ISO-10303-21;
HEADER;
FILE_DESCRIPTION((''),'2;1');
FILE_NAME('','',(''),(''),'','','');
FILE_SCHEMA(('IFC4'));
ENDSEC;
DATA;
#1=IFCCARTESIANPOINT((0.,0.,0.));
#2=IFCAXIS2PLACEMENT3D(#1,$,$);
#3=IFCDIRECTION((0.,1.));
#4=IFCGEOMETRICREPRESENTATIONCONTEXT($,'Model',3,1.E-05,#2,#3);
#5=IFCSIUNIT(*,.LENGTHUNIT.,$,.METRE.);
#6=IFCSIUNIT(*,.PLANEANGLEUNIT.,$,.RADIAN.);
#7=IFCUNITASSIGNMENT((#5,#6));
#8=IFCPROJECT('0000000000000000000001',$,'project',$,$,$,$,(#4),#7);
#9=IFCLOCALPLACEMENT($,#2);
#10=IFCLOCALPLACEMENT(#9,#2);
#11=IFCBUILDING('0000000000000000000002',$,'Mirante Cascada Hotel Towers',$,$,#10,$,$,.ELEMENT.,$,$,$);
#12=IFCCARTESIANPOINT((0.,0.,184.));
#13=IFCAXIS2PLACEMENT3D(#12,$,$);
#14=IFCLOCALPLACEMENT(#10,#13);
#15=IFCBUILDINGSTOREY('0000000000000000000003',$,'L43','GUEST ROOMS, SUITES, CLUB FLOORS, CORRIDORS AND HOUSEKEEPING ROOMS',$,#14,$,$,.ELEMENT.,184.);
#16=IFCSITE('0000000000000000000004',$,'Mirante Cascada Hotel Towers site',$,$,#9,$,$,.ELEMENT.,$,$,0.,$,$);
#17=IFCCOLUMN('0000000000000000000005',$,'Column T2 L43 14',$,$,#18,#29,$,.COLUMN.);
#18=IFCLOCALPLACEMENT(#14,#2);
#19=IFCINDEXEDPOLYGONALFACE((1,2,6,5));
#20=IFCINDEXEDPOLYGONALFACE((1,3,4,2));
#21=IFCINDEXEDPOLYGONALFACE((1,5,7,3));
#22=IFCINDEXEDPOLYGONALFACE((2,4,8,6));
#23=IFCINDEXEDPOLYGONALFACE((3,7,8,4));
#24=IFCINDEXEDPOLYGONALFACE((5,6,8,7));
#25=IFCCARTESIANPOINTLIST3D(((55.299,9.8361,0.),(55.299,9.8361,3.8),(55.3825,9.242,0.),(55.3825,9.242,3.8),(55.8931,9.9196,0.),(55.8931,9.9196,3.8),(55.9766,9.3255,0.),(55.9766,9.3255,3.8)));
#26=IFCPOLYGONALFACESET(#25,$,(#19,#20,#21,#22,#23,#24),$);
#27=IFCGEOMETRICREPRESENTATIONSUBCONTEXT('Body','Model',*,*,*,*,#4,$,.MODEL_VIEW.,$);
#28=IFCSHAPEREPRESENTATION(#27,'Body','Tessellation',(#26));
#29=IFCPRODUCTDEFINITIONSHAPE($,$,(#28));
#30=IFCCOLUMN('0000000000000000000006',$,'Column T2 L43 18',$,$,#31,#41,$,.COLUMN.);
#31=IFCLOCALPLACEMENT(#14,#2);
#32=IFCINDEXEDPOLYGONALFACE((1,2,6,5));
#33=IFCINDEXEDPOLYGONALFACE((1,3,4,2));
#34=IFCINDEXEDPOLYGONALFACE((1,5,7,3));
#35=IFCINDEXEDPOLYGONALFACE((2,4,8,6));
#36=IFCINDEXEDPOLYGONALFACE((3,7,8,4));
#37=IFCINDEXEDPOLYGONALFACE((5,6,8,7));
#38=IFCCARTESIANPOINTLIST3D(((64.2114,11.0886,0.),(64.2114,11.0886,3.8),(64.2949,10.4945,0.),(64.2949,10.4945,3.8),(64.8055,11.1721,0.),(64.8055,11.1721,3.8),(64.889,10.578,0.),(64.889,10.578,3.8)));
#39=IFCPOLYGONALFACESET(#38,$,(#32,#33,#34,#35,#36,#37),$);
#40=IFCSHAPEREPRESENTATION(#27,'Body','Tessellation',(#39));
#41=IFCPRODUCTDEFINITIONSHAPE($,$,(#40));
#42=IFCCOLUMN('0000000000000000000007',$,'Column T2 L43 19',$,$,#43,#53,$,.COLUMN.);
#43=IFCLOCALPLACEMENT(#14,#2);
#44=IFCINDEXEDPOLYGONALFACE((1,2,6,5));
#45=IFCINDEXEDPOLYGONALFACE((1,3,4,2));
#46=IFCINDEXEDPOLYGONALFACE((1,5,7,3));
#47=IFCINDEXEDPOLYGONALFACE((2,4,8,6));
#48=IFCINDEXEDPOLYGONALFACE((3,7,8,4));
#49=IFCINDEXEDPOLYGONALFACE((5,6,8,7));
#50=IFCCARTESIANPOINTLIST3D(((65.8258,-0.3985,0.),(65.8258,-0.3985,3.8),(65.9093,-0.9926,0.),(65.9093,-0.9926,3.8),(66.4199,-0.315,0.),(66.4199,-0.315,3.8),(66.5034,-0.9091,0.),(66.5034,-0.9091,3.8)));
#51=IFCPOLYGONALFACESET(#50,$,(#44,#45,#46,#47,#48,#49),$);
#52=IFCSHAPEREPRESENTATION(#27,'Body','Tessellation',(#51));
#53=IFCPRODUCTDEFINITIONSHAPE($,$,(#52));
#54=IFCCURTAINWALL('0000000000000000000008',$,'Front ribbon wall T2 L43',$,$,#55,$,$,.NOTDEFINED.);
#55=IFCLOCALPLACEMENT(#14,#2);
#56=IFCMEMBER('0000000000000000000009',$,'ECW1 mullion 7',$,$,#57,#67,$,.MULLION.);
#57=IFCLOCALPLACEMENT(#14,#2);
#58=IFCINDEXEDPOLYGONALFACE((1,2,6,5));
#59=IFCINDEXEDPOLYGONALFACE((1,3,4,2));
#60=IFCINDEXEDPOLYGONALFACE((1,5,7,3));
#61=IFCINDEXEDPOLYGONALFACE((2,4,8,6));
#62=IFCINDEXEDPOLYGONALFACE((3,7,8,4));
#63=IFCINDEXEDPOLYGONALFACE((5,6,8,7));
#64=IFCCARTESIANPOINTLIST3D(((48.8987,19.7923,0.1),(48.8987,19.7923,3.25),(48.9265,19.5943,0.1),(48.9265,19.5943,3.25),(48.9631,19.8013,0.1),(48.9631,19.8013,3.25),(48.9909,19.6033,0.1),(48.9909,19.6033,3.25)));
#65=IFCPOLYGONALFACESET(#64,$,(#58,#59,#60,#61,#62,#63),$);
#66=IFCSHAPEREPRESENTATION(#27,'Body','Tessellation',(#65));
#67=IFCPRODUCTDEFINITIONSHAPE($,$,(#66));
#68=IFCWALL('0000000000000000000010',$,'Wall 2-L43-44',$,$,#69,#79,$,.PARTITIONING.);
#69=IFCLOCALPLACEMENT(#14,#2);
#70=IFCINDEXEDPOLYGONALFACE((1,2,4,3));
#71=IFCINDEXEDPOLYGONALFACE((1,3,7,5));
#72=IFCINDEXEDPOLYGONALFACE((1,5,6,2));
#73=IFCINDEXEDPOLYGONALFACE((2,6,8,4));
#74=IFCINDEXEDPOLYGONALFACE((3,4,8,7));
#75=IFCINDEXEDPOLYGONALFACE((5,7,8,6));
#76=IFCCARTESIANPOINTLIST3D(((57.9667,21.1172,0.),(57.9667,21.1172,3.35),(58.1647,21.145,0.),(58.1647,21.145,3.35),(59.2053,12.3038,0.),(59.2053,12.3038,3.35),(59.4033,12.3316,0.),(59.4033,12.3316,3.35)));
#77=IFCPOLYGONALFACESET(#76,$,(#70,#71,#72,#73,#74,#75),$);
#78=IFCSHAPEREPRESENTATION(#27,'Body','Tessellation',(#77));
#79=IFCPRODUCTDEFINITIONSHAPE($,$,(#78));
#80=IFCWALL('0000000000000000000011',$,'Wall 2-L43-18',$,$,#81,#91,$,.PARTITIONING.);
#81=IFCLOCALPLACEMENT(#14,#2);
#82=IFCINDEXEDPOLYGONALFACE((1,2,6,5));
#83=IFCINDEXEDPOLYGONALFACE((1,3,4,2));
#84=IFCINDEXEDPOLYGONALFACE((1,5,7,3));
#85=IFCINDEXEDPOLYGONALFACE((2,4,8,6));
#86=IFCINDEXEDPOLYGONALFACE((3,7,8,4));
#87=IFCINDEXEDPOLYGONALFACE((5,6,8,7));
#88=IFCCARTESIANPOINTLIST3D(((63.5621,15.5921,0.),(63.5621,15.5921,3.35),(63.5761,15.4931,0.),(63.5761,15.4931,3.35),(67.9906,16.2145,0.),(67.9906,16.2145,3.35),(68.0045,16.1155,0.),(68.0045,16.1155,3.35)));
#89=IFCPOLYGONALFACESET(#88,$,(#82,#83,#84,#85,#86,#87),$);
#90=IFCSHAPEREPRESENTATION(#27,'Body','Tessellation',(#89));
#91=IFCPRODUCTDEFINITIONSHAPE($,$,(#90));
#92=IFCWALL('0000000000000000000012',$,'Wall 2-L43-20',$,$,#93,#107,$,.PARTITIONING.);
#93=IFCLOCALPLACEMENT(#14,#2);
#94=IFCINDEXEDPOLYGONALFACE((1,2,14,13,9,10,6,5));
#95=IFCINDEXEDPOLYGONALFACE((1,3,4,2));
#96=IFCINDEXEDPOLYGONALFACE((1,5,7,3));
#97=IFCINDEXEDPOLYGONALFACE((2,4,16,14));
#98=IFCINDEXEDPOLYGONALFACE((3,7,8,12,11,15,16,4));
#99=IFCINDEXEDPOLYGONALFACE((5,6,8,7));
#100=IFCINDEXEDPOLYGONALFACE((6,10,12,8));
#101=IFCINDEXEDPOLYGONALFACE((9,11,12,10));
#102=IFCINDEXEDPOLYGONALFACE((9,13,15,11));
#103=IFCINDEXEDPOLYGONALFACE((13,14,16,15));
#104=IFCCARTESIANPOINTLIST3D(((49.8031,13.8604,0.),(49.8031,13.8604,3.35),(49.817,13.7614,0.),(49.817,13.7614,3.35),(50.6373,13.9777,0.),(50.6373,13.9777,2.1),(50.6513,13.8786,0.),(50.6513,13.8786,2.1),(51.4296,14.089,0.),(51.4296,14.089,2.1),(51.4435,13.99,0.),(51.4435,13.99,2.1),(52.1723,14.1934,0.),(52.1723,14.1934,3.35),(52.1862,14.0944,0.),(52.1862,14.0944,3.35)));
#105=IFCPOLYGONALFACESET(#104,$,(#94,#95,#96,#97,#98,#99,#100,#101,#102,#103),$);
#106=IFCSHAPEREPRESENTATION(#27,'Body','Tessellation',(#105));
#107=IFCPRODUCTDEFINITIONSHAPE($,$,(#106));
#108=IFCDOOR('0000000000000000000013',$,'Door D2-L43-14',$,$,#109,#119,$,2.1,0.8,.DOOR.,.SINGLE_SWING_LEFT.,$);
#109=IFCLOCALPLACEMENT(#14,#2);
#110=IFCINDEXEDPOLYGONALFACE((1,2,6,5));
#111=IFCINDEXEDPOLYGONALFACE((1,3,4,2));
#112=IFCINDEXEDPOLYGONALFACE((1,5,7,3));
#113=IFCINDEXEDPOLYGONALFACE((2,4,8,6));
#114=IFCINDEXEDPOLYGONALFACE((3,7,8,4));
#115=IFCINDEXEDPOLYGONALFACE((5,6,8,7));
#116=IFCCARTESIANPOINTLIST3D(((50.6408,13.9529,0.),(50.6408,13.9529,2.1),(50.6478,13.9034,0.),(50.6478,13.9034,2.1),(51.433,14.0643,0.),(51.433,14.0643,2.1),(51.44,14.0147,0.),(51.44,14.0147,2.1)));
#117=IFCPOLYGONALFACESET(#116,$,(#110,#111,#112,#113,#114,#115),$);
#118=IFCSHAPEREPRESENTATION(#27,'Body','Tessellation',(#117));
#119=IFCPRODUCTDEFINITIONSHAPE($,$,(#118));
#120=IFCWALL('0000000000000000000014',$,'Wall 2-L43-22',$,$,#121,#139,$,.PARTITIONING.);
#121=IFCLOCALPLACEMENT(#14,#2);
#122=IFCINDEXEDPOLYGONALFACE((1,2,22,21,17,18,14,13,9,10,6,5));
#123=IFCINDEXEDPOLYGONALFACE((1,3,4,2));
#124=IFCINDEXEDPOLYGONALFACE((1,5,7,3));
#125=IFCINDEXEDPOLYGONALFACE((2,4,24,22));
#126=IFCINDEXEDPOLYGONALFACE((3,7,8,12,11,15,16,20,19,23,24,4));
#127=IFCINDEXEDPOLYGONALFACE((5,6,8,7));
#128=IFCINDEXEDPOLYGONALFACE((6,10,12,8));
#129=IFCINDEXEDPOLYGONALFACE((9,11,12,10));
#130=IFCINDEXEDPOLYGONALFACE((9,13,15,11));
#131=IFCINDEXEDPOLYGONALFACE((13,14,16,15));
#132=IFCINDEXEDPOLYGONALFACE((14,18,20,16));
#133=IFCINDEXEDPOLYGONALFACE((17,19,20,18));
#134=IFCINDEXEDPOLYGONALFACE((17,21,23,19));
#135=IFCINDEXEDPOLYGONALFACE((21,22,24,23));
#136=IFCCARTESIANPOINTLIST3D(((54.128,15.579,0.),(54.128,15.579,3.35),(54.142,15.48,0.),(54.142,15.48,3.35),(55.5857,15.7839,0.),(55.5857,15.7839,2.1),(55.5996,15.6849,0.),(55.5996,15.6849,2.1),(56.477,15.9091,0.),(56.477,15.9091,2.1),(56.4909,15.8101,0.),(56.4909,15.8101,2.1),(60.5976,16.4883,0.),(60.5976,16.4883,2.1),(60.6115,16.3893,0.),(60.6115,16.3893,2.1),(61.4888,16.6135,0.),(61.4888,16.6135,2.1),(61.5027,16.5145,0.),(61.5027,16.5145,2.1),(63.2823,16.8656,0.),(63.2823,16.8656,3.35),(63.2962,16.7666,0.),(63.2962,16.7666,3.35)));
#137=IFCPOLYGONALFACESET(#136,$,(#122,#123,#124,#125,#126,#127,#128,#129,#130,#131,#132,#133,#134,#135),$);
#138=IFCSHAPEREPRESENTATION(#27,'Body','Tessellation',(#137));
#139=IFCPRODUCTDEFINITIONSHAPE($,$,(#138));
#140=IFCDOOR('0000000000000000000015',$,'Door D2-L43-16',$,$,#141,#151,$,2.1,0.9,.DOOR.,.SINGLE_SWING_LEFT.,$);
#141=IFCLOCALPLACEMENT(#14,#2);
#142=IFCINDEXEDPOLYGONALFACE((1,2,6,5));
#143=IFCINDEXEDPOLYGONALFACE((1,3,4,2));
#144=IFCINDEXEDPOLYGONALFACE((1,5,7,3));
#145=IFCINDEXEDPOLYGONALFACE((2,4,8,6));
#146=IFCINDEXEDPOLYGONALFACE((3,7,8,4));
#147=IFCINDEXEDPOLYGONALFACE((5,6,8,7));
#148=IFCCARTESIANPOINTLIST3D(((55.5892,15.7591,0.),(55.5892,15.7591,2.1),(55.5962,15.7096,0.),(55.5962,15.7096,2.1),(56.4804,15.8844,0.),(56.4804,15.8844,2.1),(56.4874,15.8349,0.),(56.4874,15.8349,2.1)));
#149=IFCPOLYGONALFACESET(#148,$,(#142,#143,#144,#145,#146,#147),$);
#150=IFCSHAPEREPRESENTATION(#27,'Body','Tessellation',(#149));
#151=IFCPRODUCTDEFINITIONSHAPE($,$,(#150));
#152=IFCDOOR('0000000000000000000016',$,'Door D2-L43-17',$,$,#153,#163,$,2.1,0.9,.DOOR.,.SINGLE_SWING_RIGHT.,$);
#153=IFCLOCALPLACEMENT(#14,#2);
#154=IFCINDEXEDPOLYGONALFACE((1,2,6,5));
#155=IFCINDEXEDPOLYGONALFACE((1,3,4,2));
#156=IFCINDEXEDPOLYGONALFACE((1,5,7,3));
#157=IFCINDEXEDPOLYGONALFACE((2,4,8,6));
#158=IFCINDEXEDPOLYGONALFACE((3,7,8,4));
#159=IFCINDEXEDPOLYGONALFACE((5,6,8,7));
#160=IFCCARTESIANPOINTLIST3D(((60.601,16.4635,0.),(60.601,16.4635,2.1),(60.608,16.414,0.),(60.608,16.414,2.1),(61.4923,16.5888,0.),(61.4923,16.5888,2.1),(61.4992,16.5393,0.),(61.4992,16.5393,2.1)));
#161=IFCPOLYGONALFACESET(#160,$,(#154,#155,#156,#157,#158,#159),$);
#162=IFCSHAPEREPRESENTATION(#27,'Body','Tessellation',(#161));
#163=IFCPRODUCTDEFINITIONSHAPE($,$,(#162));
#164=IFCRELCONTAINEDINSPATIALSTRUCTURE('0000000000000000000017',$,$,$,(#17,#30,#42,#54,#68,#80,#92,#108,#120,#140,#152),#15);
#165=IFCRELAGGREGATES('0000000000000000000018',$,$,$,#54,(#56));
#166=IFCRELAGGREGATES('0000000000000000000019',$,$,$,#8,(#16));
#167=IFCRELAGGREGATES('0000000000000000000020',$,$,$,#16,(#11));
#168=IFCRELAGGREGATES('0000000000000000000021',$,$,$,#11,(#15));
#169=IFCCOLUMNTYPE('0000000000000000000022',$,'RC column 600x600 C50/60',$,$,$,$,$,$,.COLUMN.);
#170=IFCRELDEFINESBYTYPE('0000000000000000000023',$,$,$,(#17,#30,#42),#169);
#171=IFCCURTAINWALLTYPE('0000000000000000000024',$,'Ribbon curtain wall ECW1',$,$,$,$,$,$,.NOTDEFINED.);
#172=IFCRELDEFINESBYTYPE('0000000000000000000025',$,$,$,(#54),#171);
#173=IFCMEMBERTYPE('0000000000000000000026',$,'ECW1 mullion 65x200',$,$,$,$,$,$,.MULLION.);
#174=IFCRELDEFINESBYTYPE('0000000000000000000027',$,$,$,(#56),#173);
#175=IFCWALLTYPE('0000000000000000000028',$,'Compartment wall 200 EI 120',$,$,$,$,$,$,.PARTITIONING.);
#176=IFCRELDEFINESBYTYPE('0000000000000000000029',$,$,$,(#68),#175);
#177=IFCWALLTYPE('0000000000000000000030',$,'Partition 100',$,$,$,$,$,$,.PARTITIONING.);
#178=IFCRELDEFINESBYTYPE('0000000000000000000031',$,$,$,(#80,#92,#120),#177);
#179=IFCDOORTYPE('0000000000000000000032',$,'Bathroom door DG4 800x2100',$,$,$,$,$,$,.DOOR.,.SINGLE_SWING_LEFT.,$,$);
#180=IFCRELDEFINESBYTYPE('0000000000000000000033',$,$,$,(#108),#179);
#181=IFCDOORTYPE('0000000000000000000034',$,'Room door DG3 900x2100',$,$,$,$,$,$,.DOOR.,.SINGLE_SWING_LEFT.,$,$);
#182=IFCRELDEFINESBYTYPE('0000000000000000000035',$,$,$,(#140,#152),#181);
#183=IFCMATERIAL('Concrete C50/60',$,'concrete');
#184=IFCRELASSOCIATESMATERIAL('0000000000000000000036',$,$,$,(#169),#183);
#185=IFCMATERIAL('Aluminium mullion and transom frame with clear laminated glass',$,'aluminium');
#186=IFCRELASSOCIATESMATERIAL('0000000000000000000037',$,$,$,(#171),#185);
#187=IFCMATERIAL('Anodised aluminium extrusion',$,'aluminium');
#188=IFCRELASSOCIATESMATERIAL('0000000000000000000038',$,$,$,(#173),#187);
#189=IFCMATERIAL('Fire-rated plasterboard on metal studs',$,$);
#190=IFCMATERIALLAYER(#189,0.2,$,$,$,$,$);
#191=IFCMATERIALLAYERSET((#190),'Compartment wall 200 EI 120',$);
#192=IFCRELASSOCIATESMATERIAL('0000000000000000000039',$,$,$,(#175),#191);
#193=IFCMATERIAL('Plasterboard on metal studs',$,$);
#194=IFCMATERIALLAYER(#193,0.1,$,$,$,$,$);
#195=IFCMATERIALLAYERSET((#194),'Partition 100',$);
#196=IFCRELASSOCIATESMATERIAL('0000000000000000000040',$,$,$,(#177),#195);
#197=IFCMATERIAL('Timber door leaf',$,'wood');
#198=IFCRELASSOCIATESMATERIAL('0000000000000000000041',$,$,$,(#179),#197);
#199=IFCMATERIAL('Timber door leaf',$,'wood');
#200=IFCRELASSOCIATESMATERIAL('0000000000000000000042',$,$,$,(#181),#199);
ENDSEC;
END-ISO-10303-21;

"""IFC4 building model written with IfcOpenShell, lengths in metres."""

from ifc_helpers import new_model, si_unit, direction, frame, frame_2d, origin, origin_2d, place, context, subcontext, project, spatial, rectangle, extrude, material, layer, layer_set, material_profile, profile_set, type_object, element, fill, aggregate, save


model = new_model("IFC4")

# Units and contexts
model_context = context("Model", 3, precision=1e-05, world=origin(), true_north=direction((0.0, 1.0)))
body_context = subcontext(model_context, "Body", "Model", "MODEL_VIEW")
ifc_project = project(units=[si_unit("LENGTHUNIT", "METRE"), si_unit("PLANEANGLEUNIT", "RADIAN")], contexts=[model_context])

# Site, building, storey
site_placement = place(None, origin())
site = spatial("IfcSite", under=ifc_project, at=site_placement, Name="Mirante Cascada Hotel Towers site", CompositionType="ELEMENT", RefElevation=0.0)
building_placement = place(site_placement, origin())
building = spatial("IfcBuilding", under=site, at=building_placement, Name="Mirante Cascada Hotel Towers", CompositionType="ELEMENT")
storey_placement = place(building_placement, frame((0.0, 0.0, 184.0)))
storey = spatial("IfcBuildingStorey", under=building, at=storey_placement, Name="L43", Description="GUEST ROOMS, SUITES, CLUB FLOORS, CORRIDORS AND HOUSEKEEPING ROOMS", CompositionType="ELEMENT", Elevation=184.0)

# Columns
ifc_material_1 = material(Name="Concrete C50/60", Category="concrete")
ifc_material_profile_1 = material_profile(ifc_material_1, rectangle(XDim=0.6, YDim=0.6, at=origin_2d()), Name="RC column 600x600 C50/60")
ifc_profile_set_1 = profile_set([ifc_material_profile_1], Name="Concrete C50/60")
column_type = type_object("IfcColumnType", Name="RC column 600x600 C50/60", PredefinedType="COLUMN", material=ifc_profile_set_1)
for number, where, z_axis, x_axis, name in (
    (1, (55.6378, 9.5808, 0.0), (0.0, 0.0, 1.0), (0.990268, 0.139173, 0.0), "Column T2 L43 14"),
    (2, (64.5502, 10.8333, 0.0), (0.0, 0.0, 1.0), (0.990268, 0.139173, 0.0), "Column T2 L43 18"),
    (3, (66.1646, -0.6538, 0.0), (0.0, 0.0, 1.0), (0.990268, 0.139173, 0.0), "Column T2 L43 19"),
):
    element("IfcColumn", number, at=place(storey_placement, frame(where, z_axis=z_axis, x_axis=x_axis)), inside=storey, type_object=column_type, Name=name, PredefinedType="COLUMN", context=body_context, shape_type="SweptSolid", body=[
        extrude(rectangle(XDim=0.6, YDim=0.6, at=origin_2d()), origin(), (0.0, 0.0, 1.0), 3.8),
    ])

# Curtain wall, member
ifc_material_2 = material(Name="Aluminium mullion and transom frame with clear laminated glass", Category="aluminium")
curtain_wall_type = type_object("IfcCurtainWallType", Name="Ribbon curtain wall ECW1", PredefinedType="NOTDEFINED", material=ifc_material_2)
curtain_wall_placement = place(storey_placement, origin())
curtain_wall = element("IfcCurtainWall", 4, at=curtain_wall_placement, inside=storey, type_object=curtain_wall_type, Name="Front ribbon wall T2 L43", PredefinedType="NOTDEFINED")
ifc_material_3 = material(Name="Anodised aluminium extrusion", Category="aluminium")
ifc_material_profile_2 = material_profile(ifc_material_3, rectangle(XDim=0.2, YDim=0.065, at=origin_2d()), Name="ECW1 MULLION 65x200")
ifc_profile_set_2 = profile_set([ifc_material_profile_2], Name="Anodised aluminium extrusion")
member_type = type_object("IfcMemberType", Name="ECW1 mullion 65x200", PredefinedType="MULLION", material=ifc_profile_set_2)
member_placement = place(storey_placement, frame((48.9448, 19.6978, 0.1), z_axis=(0.0, 0.0, 1.0), x_axis=(0.139173, -0.990268, 0.0)))
member = element("IfcMember", 5, at=member_placement, type_object=member_type, Name="ECW1 mullion 7", PredefinedType="MULLION", context=body_context, shape_type="SweptSolid", body=[
    extrude(rectangle(XDim=0.2, YDim=0.065, at=origin_2d()), origin(), (0.0, 0.0, 1.0), 3.15),
])
aggregate(curtain_wall, [member])

# Walls
ifc_material_4 = material(Name="Fire-rated plasterboard on metal studs")
ifc_layer_1 = layer(ifc_material_4, 0.2)
ifc_layer_set_1 = layer_set([ifc_layer_1], Name="Compartment wall 200 EI 120")
wall_type_1 = type_object("IfcWallType", Name="Compartment wall 200 EI 120", PredefinedType="PARTITIONING", material=ifc_layer_set_1)
wall_1_placement = place(storey_placement, frame((59.3043, 12.3177, 0.0), z_axis=(0.0, 0.0, 1.0), x_axis=(-0.139168, 0.990269, 0.0)))
element("IfcWall", 6, at=wall_1_placement, inside=storey, type_object=wall_type_1, Name="Wall 2-L43-44", PredefinedType="PARTITIONING", context=body_context, shape_type="SweptSolid", body=[
    extrude(rectangle(XDim=8.9, YDim=0.2, at=frame_2d((4.45, 0.0))), origin(), (0.0, 0.0, 1.0), 3.35),
])
ifc_material_5 = material(Name="Plasterboard on metal studs")
ifc_layer_2 = layer(ifc_material_5, 0.1)
ifc_layer_set_2 = layer_set([ifc_layer_2], Name="Partition 100")
wall_type_2 = type_object("IfcWallType", Name="Partition 100", PredefinedType="PARTITIONING", material=ifc_layer_set_2)
wall_2_placement = place(storey_placement, frame((63.5691, 15.5426, 0.0), z_axis=(0.0, 0.0, 1.0), x_axis=(0.990268, 0.139176, 0.0)))
element("IfcWall", 7, at=wall_2_placement, inside=storey, type_object=wall_type_2, Name="Wall 2-L43-18", PredefinedType="PARTITIONING", context=body_context, shape_type="SweptSolid", body=[
    extrude(rectangle(XDim=4.472, YDim=0.1, at=frame_2d((2.236, 0.0))), origin(), (0.0, 0.0, 1.0), 3.35),
])

# Wall, opening, door
wall_3_placement = place(storey_placement, frame((49.8101, 13.8109, 0.0), z_axis=(0.0, 0.0, 1.0), x_axis=(0.990266, 0.139186, 0.0)))
wall_3 = element("IfcWall", 8, at=wall_3_placement, inside=storey, type_object=wall_type_2, Name="Wall 2-L43-20", PredefinedType="PARTITIONING", context=body_context, shape_type="SweptSolid", body=[
    extrude(rectangle(XDim=2.3925, YDim=0.1, at=frame_2d((1.1962, 0.0))), origin(), (0.0, 0.0, 1.0), 3.35),
])
opening_1_placement = place(wall_3_placement, frame((0.8424, 0.0, 0.0)))
opening_1 = element("IfcOpeningElement", 9, at=opening_1_placement, cuts=wall_3, PredefinedType="OPENING", context=body_context, shape_type="SweptSolid", body=[
    extrude(rectangle(XDim=0.8, YDim=2.1, at=frame_2d((0.4, 1.05))), frame((0.0, 0.05, 0.0), z_axis=(0.0, -1.0, 0.0), x_axis=(1.0, 0.0, 0.0)), (0.0, 0.0, 1.0), 0.1),
])
ifc_material_6 = material(Name="Timber door leaf", Category="wood")
door_type_1 = type_object("IfcDoorType", Name="Bathroom door DG4 800x2100", OperationType="SINGLE_SWING_LEFT", PredefinedType="DOOR", material=ifc_material_6)
door_1_placement = place(opening_1_placement, origin())
door_1 = element("IfcDoor", 10, at=door_1_placement, inside=storey, type_object=door_type_1, Name="Door D2-L43-14", OperationType="SINGLE_SWING_LEFT", OverallHeight=2.1, OverallWidth=0.8, PredefinedType="DOOR", context=body_context, shape_type="SweptSolid", body=[
    extrude(rectangle(XDim=0.8, YDim=2.1, at=frame_2d((0.4, 1.05))), frame((0.0, 0.025, 0.0), z_axis=(0.0, -1.0, 0.0), x_axis=(1.0, 0.0, 0.0)), (0.0, 0.0, 1.0), 0.05),
])
fill(opening_1, door_1)

# Wall, openings, doors
wall_4_placement = place(storey_placement, frame((54.135, 15.5295, 0.0), z_axis=(0.0, 0.0, 1.0), x_axis=(0.990267, 0.13918, 0.0)))
wall_4 = element("IfcWall", 11, at=wall_4_placement, inside=storey, type_object=wall_type_2, Name="Wall 2-L43-22", PredefinedType="PARTITIONING", context=body_context, shape_type="SweptSolid", body=[
    extrude(rectangle(XDim=9.2442, YDim=0.1, at=frame_2d((4.6221, 0.0))), origin(), (0.0, 0.0, 1.0), 3.35),
])
opening_2_placement = place(wall_4_placement, frame((1.472, 0.0, 0.0)))
opening_2 = element("IfcOpeningElement", 12, at=opening_2_placement, cuts=wall_4, PredefinedType="OPENING", context=body_context, shape_type="SweptSolid", body=[
    extrude(rectangle(XDim=0.9, YDim=2.1, at=frame_2d((0.45, 1.05))), frame((0.0, 0.05, 0.0), z_axis=(0.0, -1.0, 0.0), x_axis=(1.0, 0.0, 0.0)), (0.0, 0.0, 1.0), 0.1),
])
opening_3_placement = place(wall_4_placement, frame((6.5331, 0.0, 0.0)))
opening_3 = element("IfcOpeningElement", 13, at=opening_3_placement, cuts=wall_4, PredefinedType="OPENING", context=body_context, shape_type="SweptSolid", body=[
    extrude(rectangle(XDim=0.9, YDim=2.1, at=frame_2d((0.45, 1.05))), frame((0.0, 0.05, 0.0), z_axis=(0.0, -1.0, 0.0), x_axis=(1.0, 0.0, 0.0)), (0.0, 0.0, 1.0), 0.1),
])
ifc_material_7 = material(Name="Timber door leaf", Category="wood")
door_type_2 = type_object("IfcDoorType", Name="Room door DG3 900x2100", OperationType="SINGLE_SWING_LEFT", PredefinedType="DOOR", material=ifc_material_7)
door_2_placement = place(opening_2_placement, origin())
door_2 = element("IfcDoor", 14, at=door_2_placement, inside=storey, type_object=door_type_2, Name="Door D2-L43-16", OperationType="SINGLE_SWING_LEFT", OverallHeight=2.1, OverallWidth=0.9, PredefinedType="DOOR", context=body_context, shape_type="SweptSolid", body=[
    extrude(rectangle(XDim=0.9, YDim=2.1, at=frame_2d((0.45, 1.05))), frame((0.0, 0.025, 0.0), z_axis=(0.0, -1.0, 0.0), x_axis=(1.0, 0.0, 0.0)), (0.0, 0.0, 1.0), 0.05),
])
fill(opening_2, door_2)
door_3_placement = place(opening_3_placement, frame((0.9, 0.0, 0.0), z_axis=(0.0, 0.0, 1.0), x_axis=(-1.0, 0.0, 0.0)))
door_3 = element("IfcDoor", 15, at=door_3_placement, inside=storey, type_object=door_type_2, Name="Door D2-L43-17", OperationType="SINGLE_SWING_RIGHT", OverallHeight=2.1, OverallWidth=0.9, PredefinedType="DOOR", context=body_context, shape_type="SweptSolid", body=[
    extrude(rectangle(XDim=0.9, YDim=2.1, at=frame_2d((0.45, 1.05))), frame((0.0, 0.025, 0.0), z_axis=(0.0, -1.0, 0.0), x_axis=(1.0, 0.0, 0.0)), (0.0, 0.0, 1.0), 0.05),
])
fill(opening_3, door_3)

save(model, "model.ifc")
